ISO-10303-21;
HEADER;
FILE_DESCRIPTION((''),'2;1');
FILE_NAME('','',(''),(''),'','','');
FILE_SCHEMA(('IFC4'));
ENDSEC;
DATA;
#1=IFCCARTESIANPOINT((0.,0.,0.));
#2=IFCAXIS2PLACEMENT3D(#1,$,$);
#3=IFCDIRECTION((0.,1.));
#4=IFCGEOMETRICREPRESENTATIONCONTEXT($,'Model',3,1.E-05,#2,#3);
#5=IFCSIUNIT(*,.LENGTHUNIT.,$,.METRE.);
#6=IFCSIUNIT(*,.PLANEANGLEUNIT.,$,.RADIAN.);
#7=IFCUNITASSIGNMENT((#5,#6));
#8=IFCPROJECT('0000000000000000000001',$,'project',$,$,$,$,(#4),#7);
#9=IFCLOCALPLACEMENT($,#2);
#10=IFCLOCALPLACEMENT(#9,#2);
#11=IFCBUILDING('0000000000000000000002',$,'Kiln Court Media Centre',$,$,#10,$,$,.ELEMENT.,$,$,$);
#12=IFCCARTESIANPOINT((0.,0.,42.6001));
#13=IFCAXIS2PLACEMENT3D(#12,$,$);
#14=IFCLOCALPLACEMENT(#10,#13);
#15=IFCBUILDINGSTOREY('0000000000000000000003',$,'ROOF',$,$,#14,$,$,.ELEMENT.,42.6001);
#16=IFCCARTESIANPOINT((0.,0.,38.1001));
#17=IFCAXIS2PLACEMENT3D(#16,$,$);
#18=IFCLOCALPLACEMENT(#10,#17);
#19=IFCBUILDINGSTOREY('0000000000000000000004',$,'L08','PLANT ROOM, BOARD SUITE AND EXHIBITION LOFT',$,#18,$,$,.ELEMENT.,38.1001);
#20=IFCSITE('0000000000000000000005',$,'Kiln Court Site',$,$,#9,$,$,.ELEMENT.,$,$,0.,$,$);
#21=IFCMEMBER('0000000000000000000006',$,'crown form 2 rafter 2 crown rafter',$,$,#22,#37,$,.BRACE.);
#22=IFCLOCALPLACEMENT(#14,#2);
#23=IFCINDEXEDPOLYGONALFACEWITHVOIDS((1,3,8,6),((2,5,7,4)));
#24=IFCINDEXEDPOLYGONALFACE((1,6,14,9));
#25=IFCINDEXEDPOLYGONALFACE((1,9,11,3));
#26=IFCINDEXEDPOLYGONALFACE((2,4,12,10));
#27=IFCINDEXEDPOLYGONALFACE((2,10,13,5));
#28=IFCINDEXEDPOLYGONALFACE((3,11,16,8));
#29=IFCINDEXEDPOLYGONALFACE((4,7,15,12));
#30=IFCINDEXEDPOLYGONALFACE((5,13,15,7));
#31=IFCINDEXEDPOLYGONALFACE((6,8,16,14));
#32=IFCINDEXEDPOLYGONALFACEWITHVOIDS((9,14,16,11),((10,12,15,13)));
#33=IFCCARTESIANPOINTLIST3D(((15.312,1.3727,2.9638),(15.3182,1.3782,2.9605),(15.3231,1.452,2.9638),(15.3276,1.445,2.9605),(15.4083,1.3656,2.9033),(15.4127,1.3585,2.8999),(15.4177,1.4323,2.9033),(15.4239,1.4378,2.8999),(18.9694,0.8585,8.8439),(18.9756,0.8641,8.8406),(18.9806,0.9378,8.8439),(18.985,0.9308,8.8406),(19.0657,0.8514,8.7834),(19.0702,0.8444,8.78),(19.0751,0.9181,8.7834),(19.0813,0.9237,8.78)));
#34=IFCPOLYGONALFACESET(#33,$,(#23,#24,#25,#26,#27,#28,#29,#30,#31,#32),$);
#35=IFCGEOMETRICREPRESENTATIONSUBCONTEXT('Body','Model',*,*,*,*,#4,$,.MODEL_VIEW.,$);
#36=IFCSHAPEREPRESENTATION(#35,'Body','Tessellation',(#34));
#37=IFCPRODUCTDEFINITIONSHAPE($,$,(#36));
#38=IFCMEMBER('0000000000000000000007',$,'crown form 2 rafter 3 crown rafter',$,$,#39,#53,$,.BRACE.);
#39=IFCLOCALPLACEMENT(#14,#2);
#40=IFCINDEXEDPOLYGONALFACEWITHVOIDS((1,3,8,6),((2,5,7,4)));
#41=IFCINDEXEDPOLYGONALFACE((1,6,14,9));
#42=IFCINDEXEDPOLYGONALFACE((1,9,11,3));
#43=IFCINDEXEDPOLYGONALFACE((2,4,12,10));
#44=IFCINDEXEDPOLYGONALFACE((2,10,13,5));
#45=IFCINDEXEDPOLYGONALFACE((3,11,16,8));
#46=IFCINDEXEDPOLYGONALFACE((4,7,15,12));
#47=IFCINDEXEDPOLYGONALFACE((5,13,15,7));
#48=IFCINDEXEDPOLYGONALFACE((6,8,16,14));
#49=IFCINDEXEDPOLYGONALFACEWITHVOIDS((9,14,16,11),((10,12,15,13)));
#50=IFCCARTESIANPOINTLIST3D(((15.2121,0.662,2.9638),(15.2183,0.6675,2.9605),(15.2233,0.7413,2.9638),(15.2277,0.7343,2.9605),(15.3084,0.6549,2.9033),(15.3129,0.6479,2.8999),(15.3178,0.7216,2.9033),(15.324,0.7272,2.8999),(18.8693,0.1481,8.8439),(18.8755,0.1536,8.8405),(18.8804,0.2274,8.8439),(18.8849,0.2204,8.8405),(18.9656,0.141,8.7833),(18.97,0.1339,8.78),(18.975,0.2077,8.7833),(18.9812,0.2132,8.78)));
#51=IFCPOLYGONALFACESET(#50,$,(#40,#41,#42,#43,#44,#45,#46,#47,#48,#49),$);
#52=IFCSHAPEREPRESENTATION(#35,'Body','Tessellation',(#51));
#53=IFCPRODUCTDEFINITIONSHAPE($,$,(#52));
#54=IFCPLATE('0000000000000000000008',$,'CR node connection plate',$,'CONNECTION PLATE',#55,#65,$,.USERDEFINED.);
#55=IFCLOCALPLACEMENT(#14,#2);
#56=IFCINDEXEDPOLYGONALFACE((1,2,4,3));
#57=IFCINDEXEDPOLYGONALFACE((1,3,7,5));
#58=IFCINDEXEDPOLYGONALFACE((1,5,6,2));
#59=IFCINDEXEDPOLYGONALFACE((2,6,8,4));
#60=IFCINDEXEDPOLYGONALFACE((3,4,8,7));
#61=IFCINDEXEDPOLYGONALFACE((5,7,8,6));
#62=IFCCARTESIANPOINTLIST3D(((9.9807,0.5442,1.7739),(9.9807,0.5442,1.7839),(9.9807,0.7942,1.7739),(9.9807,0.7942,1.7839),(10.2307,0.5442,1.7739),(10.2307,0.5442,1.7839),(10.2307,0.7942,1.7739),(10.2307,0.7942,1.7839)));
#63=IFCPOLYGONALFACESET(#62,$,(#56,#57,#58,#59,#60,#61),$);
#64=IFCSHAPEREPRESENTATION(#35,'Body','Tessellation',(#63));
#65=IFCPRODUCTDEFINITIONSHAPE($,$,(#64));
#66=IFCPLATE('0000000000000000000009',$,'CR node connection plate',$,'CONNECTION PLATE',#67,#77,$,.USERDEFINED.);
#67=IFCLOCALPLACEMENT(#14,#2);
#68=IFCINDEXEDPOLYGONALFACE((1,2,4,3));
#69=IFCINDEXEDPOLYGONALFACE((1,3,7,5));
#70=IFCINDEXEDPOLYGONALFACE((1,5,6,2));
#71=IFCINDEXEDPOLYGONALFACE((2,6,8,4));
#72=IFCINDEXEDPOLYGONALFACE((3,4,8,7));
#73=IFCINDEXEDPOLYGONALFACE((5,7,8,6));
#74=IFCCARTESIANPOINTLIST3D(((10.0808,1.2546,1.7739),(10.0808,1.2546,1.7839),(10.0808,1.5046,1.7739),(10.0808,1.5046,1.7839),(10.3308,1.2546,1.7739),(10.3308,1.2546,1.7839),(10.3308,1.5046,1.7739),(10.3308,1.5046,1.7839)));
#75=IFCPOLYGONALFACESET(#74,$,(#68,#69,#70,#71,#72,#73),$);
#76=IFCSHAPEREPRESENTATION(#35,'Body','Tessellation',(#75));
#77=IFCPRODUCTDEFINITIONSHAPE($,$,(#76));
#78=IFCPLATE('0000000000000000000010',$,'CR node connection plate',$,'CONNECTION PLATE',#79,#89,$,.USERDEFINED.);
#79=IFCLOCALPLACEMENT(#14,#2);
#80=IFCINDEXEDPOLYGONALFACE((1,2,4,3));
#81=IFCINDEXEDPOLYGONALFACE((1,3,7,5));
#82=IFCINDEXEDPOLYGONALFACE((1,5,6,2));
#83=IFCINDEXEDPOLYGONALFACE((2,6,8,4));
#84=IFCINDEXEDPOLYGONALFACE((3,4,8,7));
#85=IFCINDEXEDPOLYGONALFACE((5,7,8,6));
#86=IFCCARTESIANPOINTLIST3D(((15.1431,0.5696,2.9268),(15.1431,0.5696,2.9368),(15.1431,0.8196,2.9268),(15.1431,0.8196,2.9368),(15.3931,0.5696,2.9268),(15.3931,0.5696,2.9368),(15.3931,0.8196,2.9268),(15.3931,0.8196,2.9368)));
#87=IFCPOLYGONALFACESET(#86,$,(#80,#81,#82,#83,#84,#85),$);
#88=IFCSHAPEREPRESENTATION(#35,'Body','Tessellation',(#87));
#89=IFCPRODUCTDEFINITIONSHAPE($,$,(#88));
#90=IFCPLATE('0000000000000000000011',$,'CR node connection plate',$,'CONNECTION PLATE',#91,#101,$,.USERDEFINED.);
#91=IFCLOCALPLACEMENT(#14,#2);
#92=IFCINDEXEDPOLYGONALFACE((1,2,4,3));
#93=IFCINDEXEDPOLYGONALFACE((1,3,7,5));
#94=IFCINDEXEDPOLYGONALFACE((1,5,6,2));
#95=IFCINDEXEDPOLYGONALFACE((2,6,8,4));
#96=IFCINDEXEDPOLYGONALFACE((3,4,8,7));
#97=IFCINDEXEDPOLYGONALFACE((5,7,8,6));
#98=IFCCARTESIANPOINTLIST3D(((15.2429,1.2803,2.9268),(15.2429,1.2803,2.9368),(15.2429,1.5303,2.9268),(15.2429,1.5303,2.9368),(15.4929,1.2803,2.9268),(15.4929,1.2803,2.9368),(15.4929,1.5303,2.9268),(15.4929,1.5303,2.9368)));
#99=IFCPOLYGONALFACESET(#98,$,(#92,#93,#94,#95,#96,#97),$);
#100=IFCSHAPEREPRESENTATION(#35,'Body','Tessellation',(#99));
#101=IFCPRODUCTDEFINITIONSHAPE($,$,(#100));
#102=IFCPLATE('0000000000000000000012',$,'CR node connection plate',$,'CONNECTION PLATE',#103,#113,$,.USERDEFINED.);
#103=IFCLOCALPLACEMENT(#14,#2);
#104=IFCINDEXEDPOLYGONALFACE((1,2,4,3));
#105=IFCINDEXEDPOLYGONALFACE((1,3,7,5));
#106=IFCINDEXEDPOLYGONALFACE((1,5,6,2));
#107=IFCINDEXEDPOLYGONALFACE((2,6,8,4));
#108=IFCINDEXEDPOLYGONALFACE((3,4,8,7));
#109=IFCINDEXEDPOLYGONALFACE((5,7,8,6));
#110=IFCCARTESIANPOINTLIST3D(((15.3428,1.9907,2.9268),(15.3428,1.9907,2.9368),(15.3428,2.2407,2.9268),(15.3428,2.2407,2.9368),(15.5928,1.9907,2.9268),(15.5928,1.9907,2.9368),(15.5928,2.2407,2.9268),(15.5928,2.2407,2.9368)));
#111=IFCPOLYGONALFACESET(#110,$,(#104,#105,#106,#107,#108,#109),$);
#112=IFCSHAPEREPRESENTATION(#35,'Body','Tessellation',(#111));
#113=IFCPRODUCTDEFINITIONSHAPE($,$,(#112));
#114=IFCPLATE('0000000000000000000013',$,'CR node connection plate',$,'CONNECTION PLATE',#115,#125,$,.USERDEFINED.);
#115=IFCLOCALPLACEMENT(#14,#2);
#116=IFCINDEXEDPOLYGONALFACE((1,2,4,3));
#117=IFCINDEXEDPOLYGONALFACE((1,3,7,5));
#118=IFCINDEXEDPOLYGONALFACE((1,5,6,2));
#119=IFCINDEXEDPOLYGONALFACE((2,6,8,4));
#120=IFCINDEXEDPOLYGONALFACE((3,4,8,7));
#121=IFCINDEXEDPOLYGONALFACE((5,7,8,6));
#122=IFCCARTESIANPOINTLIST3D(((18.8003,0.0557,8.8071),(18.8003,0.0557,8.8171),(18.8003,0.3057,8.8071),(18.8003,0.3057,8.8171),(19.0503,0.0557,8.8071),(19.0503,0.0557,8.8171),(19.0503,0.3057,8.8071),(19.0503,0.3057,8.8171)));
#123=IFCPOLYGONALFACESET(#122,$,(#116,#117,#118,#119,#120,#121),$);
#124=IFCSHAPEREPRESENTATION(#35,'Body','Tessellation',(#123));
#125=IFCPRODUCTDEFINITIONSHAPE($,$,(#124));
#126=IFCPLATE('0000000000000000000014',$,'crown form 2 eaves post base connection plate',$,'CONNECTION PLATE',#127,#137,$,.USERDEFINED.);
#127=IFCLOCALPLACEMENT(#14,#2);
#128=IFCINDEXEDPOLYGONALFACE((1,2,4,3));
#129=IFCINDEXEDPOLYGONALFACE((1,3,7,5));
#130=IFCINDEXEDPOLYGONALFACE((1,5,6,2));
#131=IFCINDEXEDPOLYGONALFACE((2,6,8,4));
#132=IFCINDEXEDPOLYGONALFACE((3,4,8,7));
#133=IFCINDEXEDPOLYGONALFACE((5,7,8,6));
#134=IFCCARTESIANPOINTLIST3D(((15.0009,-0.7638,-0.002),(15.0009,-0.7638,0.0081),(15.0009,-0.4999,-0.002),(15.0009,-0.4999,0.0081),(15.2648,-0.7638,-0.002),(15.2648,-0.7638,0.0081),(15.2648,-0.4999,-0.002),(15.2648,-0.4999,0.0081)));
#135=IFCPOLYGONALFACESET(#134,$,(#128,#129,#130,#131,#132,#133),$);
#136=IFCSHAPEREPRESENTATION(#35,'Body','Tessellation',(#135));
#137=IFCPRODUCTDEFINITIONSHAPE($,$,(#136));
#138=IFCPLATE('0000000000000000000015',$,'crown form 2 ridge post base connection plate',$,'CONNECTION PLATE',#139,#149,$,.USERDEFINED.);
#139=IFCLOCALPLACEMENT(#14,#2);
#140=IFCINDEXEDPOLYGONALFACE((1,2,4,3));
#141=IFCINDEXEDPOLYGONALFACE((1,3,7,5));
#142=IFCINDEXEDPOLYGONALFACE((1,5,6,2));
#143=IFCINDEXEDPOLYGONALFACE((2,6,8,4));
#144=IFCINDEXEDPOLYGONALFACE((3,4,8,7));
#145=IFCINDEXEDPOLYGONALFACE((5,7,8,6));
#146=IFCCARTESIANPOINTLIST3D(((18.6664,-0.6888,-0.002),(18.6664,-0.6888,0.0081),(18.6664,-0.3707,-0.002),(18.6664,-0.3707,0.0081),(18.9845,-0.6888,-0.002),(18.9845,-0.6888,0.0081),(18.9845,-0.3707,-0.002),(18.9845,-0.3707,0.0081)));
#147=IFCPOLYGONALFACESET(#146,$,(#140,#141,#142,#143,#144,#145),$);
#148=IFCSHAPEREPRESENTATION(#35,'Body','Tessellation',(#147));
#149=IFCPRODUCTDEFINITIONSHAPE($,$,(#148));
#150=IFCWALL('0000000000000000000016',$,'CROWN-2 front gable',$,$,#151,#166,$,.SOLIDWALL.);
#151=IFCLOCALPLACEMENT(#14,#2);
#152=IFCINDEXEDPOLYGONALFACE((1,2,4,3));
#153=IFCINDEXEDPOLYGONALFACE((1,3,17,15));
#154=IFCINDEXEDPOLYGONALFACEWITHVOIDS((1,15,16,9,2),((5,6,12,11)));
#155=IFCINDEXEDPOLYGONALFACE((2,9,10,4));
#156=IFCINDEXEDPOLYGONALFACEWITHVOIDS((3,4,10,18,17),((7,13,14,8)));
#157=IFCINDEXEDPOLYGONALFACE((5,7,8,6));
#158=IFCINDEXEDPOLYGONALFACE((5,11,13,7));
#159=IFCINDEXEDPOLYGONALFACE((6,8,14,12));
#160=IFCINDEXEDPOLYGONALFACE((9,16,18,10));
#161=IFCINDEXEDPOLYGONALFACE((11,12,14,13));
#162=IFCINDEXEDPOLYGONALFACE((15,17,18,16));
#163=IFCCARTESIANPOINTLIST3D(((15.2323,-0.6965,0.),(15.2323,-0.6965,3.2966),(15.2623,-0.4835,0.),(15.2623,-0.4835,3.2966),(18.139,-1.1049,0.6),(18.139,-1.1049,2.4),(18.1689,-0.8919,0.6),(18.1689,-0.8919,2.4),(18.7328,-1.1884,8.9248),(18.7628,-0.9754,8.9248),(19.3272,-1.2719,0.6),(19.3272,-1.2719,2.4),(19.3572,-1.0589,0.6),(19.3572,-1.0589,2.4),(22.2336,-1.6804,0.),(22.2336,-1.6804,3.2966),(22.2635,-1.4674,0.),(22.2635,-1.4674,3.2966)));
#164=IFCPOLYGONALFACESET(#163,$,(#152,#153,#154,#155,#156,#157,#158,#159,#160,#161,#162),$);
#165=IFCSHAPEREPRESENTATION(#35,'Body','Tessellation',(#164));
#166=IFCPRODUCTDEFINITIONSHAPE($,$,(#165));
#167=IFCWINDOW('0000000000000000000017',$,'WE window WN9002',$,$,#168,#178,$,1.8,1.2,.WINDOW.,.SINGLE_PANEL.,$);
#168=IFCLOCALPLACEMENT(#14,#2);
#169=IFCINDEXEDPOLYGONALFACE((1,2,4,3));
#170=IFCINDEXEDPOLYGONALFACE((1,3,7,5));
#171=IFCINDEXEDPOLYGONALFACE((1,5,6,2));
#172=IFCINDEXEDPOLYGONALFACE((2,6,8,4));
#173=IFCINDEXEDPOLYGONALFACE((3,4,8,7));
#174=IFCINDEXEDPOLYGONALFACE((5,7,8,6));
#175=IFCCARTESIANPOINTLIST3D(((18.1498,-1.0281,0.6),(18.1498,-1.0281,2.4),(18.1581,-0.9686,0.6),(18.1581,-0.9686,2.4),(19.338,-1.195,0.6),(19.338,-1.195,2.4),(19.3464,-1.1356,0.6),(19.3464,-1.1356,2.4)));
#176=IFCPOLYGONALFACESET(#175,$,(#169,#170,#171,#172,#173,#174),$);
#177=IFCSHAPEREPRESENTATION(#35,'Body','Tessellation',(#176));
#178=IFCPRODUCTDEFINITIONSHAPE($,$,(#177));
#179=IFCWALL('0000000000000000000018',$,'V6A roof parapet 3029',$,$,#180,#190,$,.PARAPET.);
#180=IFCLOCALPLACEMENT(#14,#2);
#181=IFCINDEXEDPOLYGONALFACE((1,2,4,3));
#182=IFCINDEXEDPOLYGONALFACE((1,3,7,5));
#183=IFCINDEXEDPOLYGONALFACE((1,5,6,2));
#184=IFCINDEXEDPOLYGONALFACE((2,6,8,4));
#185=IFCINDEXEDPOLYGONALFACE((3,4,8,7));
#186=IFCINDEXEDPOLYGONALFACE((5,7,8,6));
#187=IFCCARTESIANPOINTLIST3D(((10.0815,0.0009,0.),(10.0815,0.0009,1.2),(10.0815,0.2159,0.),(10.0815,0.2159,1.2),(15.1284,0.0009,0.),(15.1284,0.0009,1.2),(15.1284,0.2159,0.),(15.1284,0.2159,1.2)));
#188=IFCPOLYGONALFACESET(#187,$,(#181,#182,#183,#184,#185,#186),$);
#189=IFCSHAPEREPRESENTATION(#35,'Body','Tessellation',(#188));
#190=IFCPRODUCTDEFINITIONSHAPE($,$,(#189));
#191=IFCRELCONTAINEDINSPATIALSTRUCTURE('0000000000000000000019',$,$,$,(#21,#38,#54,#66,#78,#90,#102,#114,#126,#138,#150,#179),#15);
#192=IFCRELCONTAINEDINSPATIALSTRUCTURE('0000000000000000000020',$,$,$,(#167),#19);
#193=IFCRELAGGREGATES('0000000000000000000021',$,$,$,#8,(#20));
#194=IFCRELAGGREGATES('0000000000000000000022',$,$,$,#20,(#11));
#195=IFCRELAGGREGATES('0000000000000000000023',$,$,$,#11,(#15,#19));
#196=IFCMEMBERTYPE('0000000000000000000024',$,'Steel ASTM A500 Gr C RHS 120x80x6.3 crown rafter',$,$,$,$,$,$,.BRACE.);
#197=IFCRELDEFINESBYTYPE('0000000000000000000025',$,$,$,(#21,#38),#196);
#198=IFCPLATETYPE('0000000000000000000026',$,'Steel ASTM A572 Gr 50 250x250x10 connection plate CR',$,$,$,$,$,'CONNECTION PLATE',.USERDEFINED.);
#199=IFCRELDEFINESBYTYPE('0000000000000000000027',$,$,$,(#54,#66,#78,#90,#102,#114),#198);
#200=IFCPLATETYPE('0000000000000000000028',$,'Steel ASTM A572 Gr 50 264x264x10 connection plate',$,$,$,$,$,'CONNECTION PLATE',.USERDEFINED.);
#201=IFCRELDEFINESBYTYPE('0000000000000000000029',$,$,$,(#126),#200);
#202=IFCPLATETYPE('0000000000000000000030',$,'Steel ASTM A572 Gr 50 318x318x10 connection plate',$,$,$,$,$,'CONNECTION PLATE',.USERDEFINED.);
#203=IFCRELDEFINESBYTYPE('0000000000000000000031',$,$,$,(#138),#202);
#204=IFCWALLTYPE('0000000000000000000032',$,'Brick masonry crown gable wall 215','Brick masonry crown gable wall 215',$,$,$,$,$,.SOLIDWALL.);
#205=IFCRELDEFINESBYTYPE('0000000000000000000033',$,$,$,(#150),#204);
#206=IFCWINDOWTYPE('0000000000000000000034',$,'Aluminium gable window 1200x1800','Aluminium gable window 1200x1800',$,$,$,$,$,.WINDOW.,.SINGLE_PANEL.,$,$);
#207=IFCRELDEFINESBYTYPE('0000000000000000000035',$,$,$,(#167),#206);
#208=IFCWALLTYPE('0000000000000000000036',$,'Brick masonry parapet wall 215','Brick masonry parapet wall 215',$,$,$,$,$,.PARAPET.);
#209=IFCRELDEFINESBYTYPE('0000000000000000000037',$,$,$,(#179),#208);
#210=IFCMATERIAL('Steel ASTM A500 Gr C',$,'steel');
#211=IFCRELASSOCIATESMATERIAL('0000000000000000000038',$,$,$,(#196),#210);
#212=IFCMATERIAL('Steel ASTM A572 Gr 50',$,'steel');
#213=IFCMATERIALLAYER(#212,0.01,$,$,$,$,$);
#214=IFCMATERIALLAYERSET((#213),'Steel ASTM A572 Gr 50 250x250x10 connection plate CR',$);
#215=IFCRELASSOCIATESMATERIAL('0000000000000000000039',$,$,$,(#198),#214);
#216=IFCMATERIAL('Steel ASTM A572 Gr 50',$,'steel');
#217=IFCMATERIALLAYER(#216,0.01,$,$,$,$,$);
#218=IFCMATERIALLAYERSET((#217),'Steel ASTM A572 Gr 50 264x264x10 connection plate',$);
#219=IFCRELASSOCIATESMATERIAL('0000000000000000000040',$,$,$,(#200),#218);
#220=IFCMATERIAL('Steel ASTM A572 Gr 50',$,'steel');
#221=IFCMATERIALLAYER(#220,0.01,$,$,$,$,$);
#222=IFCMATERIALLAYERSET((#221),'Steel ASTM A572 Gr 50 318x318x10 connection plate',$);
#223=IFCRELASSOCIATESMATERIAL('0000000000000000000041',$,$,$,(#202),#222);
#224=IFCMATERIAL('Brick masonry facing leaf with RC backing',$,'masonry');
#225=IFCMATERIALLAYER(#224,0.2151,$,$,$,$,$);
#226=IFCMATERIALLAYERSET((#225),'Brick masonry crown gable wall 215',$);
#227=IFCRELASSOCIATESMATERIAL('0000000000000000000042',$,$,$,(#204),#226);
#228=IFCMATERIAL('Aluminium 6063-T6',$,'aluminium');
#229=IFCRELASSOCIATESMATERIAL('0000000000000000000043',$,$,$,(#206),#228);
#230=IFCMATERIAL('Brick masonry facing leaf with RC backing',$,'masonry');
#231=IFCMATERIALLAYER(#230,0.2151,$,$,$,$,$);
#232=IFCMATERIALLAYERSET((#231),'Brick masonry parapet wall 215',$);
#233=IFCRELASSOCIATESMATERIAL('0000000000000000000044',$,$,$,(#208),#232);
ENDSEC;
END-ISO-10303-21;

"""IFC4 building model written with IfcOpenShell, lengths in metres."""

from ifc_helpers import new_model, si_unit, direction, frame, frame_2d, origin, origin_2d, place, context, subcontext, project, spatial, polyline, rectangle, hollow_rectangle, outline, extrude, material, layer, layer_set, material_profile, profile_set, type_object, element, fill, save


model = new_model("IFC4")

# Units and contexts
model_context = context("Model", 3, precision=1e-05, world=origin(), true_north=direction((0.0, 1.0)))
body_context = subcontext(model_context, "Body", "Model", "MODEL_VIEW")
ifc_project = project(units=[si_unit("LENGTHUNIT", "METRE"), si_unit("PLANEANGLEUNIT", "RADIAN")], contexts=[model_context])

# Site, building, storey
site_placement = place(None, origin())
site = spatial("IfcSite", under=ifc_project, at=site_placement, Name="Kiln Court Site", CompositionType="ELEMENT", RefElevation=0.0)
building_placement = place(site_placement, origin())
building = spatial("IfcBuilding", under=site, at=building_placement, Name="Kiln Court Media Centre", CompositionType="ELEMENT")
storey_1_placement = place(building_placement, frame((0.0, 0.0, 42.6001)))
storey_1 = spatial("IfcBuildingStorey", under=building, at=storey_1_placement, Name="ROOF", CompositionType="ELEMENT", Elevation=42.6001)

# Members
ifc_material_1 = material(Name="Steel ASTM A500 Gr C", Category="steel")
ifc_material_profile_1 = material_profile(ifc_material_1, hollow_rectangle(XDim=0.0801, YDim=0.1201, WallThickness=0.0063, at=origin_2d()), Name="RHS 120x80x6.3")
ifc_profile_set_1 = profile_set([ifc_material_profile_1], Name="Steel ASTM A500 Gr C")
member_type = type_object("IfcMemberType", Name="Steel ASTM A500 Gr C RHS 120x80x6.3 crown rafter", PredefinedType="BRACE", material=ifc_profile_set_1)
member_1_placement = place(storey_1_placement, frame((15.3679, 1.4053, 2.9319), z_axis=(0.526719, -0.074045, 0.846808), x_axis=(0.139209, 0.990263, 0.0)))
element("IfcMember", 1, at=member_1_placement, inside=storey_1, type_object=member_type, Name="crown form 2 rafter 2 crown rafter", PredefinedType="BRACE", context=body_context, shape_type="SweptSolid", body=[
    extrude(hollow_rectangle(XDim=0.0801, YDim=0.1201, WallThickness=0.0063, at=origin_2d()), origin(), (0.0, 0.0, 1.0), 6.9438),
])
member_2_placement = place(storey_1_placement, frame((15.2681, 0.6946, 2.9319), z_axis=(0.526695, -0.074012, 0.846826), x_axis=(0.139154, 0.990271, 0.0)))
element("IfcMember", 2, at=member_2_placement, inside=storey_1, type_object=member_type, Name="crown form 2 rafter 3 crown rafter", PredefinedType="BRACE", context=body_context, shape_type="SweptSolid", body=[
    extrude(hollow_rectangle(XDim=0.0801, YDim=0.1201, WallThickness=0.0063, at=origin_2d()), origin(), (0.0, 0.0, 1.0), 6.9436),
])

# Plates
ifc_material_2 = material(Name="Steel ASTM A572 Gr 50", Category="steel")
ifc_layer_1 = layer(ifc_material_2, 0.01)
ifc_layer_set_1 = layer_set([ifc_layer_1], Name="Steel ASTM A572 Gr 50 250x250x10 connection plate CR")
plate_type_1 = type_object("IfcPlateType", Name="Steel ASTM A572 Gr 50 250x250x10 connection plate CR", ElementType="CONNECTION PLATE", PredefinedType="USERDEFINED", material=ifc_layer_set_1)
for number, where, z_axis, x_axis, name in (
    (3, (10.1057, 0.6692, 1.7739), (0.0, 0.0, 1.0), (1.0, 0.0, 0.0), "CR node connection plate"),
    (4, (10.2058, 1.3796, 1.7739), (0.0, 0.0, 1.0), (1.0, 0.0, 0.0), "CR node connection plate"),
    (5, (15.2681, 0.6946, 2.9268), (0.0, 0.0, 1.0), (1.0, 0.0, 0.0), "CR node connection plate"),
    (6, (15.3679, 1.4053, 2.9268), (0.0, 0.0, 1.0), (1.0, 0.0, 0.0), "CR node connection plate"),
    (7, (15.4678, 2.1157, 2.9268), (0.0, 0.0, 1.0), (1.0, 0.0, 0.0), "CR node connection plate"),
    (8, (18.9253, 0.1807, 8.8071), (0.0, 0.0, 1.0), (1.0, 0.0, 0.0), "CR node connection plate"),
):
    element("IfcPlate", number, at=place(storey_1_placement, frame(where, z_axis=z_axis, x_axis=x_axis)), inside=storey_1, type_object=plate_type_1, Name=name, ObjectType="CONNECTION PLATE", PredefinedType="USERDEFINED", context=body_context, shape_type="SweptSolid", body=[
        extrude(rectangle(XDim=0.25, YDim=0.25, at=origin_2d()), origin(), (0.0, 0.0, 1.0), 0.01),
    ])
ifc_material_3 = material(Name="Steel ASTM A572 Gr 50", Category="steel")
ifc_layer_2 = layer(ifc_material_3, 0.01)
ifc_layer_set_2 = layer_set([ifc_layer_2], Name="Steel ASTM A572 Gr 50 264x264x10 connection plate")
plate_type_2 = type_object("IfcPlateType", Name="Steel ASTM A572 Gr 50 264x264x10 connection plate", ElementType="CONNECTION PLATE", PredefinedType="USERDEFINED", material=ifc_layer_set_2)
plate_1_placement = place(storey_1_placement, frame((15.1328, -0.6318, -0.002), z_axis=(0.0, 0.0, 1.0), x_axis=(1.0, 0.0, 0.0)))
element("IfcPlate", 9, at=plate_1_placement, inside=storey_1, type_object=plate_type_2, Name="crown form 2 eaves post base connection plate", ObjectType="CONNECTION PLATE", PredefinedType="USERDEFINED", context=body_context, shape_type="SweptSolid", body=[
    extrude(rectangle(XDim=0.2639, YDim=0.2639, at=origin_2d()), origin(), (0.0, 0.0, 1.0), 0.01),
])
ifc_material_4 = material(Name="Steel ASTM A572 Gr 50", Category="steel")
ifc_layer_3 = layer(ifc_material_4, 0.01)
ifc_layer_set_3 = layer_set([ifc_layer_3], Name="Steel ASTM A572 Gr 50 318x318x10 connection plate")
plate_type_3 = type_object("IfcPlateType", Name="Steel ASTM A572 Gr 50 318x318x10 connection plate", ElementType="CONNECTION PLATE", PredefinedType="USERDEFINED", material=ifc_layer_set_3)
plate_2_placement = place(storey_1_placement, frame((18.8254, -0.5298, -0.002), z_axis=(0.0, 0.0, 1.0), x_axis=(1.0, 0.0, 0.0)))
element("IfcPlate", 10, at=plate_2_placement, inside=storey_1, type_object=plate_type_3, Name="crown form 2 ridge post base connection plate", ObjectType="CONNECTION PLATE", PredefinedType="USERDEFINED", context=body_context, shape_type="SweptSolid", body=[
    extrude(rectangle(XDim=0.3181, YDim=0.3181, at=origin_2d()), origin(), (0.0, 0.0, 1.0), 0.01),
])

# Wall, opening
ifc_material_5 = material(Name="Brick masonry facing leaf with RC backing", Category="masonry")
ifc_layer_4 = layer(ifc_material_5, 0.2151)
ifc_layer_set_4 = layer_set([ifc_layer_4], Name="Brick masonry crown gable wall 215")
wall_type_1 = type_object("IfcWallType", Name="Brick masonry crown gable wall 215", Description="Brick masonry crown gable wall 215", PredefinedType="SOLIDWALL", material=ifc_layer_set_4)
wall_1_placement = place(storey_1_placement, frame((15.2473, -0.5898, 0.0), z_axis=(0.0, 0.0, 1.0), x_axis=(0.990269, -0.139163, 0.0)))
wall_1 = element("IfcWall", 11, at=wall_1_placement, inside=storey_1, type_object=wall_type_1, Name="CROWN-2 front gable", PredefinedType="SOLIDWALL", context=body_context, shape_type="SweptSolid", body=[
    extrude(outline(polyline([(0.0, 0.0), (7.0701, 0.0), (7.0701, 3.2966), (3.5349, 8.9248), (0.0, 3.2966), (0.0, 0.0)])), frame((0.0, 0.1074, 0.0), z_axis=(0.0, -1.0, 0.0), x_axis=(1.0, 0.0, 0.0)), (0.0, 0.0, 1.0), 0.2151),
])
opening_placement = place(wall_1_placement, frame((2.9351, 0.0, 0.6001)))
opening = element("IfcOpeningElement", 12, at=opening_placement, cuts=wall_1, PredefinedType="OPENING", context=body_context, shape_type="SweptSolid", body=[
    extrude(rectangle(XDim=1.2, YDim=1.8, at=frame_2d((0.6001, 0.8999))), frame((0.0, 0.1174, 0.0), z_axis=(0.0, -1.0, 0.0), x_axis=(1.0, 0.0, 0.0)), (0.0, 0.0, 1.0), 0.2351),
])

# Shared definitions
storey_2_placement = place(building_placement, frame((0.0, 0.0, 38.1001)))
storey_2 = spatial("IfcBuildingStorey", under=building, at=storey_2_placement, Name="L08", Description="PLANT ROOM, BOARD SUITE AND EXHIBITION LOFT", CompositionType="ELEMENT", Elevation=38.1001)

# Window
ifc_material_6 = material(Name="Aluminium 6063-T6", Category="aluminium")
window_type = type_object("IfcWindowType", Name="Aluminium gable window 1200x1800", Description="Aluminium gable window 1200x1800", PartitioningType="SINGLE_PANEL", PredefinedType="WINDOW", material=ifc_material_6)
window_placement = place(opening_placement, origin())
window = element("IfcWindow", 13, at=window_placement, inside=storey_2, type_object=window_type, Name="WE window WN9002", OverallHeight=1.8, OverallWidth=1.2, PartitioningType="SINGLE_PANEL", PredefinedType="WINDOW", context=body_context, shape_type="SweptSolid", body=[
    extrude(rectangle(XDim=1.2, YDim=1.8, at=frame_2d((0.6001, 0.8999))), frame((0.0, 0.03, 0.0), z_axis=(0.0, -1.0, 0.0), x_axis=(1.0, 0.0, 0.0)), (0.0, 0.0, 1.0), 0.0601),
])
fill(opening, window)

# Wall
ifc_material_7 = material(Name="Brick masonry facing leaf with RC backing", Category="masonry")
ifc_layer_5 = layer(ifc_material_7, 0.2151)
ifc_layer_set_5 = layer_set([ifc_layer_5], Name="Brick masonry parapet wall 215")
wall_type_2 = type_object("IfcWallType", Name="Brick masonry parapet wall 215", Description="Brick masonry parapet wall 215", PredefinedType="PARAPET", material=ifc_layer_set_5)
wall_2_placement = place(storey_1_placement, frame((10.0815, 0.1084, 0.0), z_axis=(0.0, 0.0, 1.0), x_axis=(1.0, 0.0, 0.0)))
element("IfcWall", 14, at=wall_2_placement, inside=storey_1, type_object=wall_type_2, Name="V6A roof parapet 3029", PredefinedType="PARAPET", context=body_context, shape_type="SweptSolid", body=[
    extrude(rectangle(XDim=5.0469, YDim=0.2151, at=frame_2d((2.5234, 0.0))), origin(), (0.0, 0.0, 1.0), 1.2),
])

save(model, "model.ifc")
